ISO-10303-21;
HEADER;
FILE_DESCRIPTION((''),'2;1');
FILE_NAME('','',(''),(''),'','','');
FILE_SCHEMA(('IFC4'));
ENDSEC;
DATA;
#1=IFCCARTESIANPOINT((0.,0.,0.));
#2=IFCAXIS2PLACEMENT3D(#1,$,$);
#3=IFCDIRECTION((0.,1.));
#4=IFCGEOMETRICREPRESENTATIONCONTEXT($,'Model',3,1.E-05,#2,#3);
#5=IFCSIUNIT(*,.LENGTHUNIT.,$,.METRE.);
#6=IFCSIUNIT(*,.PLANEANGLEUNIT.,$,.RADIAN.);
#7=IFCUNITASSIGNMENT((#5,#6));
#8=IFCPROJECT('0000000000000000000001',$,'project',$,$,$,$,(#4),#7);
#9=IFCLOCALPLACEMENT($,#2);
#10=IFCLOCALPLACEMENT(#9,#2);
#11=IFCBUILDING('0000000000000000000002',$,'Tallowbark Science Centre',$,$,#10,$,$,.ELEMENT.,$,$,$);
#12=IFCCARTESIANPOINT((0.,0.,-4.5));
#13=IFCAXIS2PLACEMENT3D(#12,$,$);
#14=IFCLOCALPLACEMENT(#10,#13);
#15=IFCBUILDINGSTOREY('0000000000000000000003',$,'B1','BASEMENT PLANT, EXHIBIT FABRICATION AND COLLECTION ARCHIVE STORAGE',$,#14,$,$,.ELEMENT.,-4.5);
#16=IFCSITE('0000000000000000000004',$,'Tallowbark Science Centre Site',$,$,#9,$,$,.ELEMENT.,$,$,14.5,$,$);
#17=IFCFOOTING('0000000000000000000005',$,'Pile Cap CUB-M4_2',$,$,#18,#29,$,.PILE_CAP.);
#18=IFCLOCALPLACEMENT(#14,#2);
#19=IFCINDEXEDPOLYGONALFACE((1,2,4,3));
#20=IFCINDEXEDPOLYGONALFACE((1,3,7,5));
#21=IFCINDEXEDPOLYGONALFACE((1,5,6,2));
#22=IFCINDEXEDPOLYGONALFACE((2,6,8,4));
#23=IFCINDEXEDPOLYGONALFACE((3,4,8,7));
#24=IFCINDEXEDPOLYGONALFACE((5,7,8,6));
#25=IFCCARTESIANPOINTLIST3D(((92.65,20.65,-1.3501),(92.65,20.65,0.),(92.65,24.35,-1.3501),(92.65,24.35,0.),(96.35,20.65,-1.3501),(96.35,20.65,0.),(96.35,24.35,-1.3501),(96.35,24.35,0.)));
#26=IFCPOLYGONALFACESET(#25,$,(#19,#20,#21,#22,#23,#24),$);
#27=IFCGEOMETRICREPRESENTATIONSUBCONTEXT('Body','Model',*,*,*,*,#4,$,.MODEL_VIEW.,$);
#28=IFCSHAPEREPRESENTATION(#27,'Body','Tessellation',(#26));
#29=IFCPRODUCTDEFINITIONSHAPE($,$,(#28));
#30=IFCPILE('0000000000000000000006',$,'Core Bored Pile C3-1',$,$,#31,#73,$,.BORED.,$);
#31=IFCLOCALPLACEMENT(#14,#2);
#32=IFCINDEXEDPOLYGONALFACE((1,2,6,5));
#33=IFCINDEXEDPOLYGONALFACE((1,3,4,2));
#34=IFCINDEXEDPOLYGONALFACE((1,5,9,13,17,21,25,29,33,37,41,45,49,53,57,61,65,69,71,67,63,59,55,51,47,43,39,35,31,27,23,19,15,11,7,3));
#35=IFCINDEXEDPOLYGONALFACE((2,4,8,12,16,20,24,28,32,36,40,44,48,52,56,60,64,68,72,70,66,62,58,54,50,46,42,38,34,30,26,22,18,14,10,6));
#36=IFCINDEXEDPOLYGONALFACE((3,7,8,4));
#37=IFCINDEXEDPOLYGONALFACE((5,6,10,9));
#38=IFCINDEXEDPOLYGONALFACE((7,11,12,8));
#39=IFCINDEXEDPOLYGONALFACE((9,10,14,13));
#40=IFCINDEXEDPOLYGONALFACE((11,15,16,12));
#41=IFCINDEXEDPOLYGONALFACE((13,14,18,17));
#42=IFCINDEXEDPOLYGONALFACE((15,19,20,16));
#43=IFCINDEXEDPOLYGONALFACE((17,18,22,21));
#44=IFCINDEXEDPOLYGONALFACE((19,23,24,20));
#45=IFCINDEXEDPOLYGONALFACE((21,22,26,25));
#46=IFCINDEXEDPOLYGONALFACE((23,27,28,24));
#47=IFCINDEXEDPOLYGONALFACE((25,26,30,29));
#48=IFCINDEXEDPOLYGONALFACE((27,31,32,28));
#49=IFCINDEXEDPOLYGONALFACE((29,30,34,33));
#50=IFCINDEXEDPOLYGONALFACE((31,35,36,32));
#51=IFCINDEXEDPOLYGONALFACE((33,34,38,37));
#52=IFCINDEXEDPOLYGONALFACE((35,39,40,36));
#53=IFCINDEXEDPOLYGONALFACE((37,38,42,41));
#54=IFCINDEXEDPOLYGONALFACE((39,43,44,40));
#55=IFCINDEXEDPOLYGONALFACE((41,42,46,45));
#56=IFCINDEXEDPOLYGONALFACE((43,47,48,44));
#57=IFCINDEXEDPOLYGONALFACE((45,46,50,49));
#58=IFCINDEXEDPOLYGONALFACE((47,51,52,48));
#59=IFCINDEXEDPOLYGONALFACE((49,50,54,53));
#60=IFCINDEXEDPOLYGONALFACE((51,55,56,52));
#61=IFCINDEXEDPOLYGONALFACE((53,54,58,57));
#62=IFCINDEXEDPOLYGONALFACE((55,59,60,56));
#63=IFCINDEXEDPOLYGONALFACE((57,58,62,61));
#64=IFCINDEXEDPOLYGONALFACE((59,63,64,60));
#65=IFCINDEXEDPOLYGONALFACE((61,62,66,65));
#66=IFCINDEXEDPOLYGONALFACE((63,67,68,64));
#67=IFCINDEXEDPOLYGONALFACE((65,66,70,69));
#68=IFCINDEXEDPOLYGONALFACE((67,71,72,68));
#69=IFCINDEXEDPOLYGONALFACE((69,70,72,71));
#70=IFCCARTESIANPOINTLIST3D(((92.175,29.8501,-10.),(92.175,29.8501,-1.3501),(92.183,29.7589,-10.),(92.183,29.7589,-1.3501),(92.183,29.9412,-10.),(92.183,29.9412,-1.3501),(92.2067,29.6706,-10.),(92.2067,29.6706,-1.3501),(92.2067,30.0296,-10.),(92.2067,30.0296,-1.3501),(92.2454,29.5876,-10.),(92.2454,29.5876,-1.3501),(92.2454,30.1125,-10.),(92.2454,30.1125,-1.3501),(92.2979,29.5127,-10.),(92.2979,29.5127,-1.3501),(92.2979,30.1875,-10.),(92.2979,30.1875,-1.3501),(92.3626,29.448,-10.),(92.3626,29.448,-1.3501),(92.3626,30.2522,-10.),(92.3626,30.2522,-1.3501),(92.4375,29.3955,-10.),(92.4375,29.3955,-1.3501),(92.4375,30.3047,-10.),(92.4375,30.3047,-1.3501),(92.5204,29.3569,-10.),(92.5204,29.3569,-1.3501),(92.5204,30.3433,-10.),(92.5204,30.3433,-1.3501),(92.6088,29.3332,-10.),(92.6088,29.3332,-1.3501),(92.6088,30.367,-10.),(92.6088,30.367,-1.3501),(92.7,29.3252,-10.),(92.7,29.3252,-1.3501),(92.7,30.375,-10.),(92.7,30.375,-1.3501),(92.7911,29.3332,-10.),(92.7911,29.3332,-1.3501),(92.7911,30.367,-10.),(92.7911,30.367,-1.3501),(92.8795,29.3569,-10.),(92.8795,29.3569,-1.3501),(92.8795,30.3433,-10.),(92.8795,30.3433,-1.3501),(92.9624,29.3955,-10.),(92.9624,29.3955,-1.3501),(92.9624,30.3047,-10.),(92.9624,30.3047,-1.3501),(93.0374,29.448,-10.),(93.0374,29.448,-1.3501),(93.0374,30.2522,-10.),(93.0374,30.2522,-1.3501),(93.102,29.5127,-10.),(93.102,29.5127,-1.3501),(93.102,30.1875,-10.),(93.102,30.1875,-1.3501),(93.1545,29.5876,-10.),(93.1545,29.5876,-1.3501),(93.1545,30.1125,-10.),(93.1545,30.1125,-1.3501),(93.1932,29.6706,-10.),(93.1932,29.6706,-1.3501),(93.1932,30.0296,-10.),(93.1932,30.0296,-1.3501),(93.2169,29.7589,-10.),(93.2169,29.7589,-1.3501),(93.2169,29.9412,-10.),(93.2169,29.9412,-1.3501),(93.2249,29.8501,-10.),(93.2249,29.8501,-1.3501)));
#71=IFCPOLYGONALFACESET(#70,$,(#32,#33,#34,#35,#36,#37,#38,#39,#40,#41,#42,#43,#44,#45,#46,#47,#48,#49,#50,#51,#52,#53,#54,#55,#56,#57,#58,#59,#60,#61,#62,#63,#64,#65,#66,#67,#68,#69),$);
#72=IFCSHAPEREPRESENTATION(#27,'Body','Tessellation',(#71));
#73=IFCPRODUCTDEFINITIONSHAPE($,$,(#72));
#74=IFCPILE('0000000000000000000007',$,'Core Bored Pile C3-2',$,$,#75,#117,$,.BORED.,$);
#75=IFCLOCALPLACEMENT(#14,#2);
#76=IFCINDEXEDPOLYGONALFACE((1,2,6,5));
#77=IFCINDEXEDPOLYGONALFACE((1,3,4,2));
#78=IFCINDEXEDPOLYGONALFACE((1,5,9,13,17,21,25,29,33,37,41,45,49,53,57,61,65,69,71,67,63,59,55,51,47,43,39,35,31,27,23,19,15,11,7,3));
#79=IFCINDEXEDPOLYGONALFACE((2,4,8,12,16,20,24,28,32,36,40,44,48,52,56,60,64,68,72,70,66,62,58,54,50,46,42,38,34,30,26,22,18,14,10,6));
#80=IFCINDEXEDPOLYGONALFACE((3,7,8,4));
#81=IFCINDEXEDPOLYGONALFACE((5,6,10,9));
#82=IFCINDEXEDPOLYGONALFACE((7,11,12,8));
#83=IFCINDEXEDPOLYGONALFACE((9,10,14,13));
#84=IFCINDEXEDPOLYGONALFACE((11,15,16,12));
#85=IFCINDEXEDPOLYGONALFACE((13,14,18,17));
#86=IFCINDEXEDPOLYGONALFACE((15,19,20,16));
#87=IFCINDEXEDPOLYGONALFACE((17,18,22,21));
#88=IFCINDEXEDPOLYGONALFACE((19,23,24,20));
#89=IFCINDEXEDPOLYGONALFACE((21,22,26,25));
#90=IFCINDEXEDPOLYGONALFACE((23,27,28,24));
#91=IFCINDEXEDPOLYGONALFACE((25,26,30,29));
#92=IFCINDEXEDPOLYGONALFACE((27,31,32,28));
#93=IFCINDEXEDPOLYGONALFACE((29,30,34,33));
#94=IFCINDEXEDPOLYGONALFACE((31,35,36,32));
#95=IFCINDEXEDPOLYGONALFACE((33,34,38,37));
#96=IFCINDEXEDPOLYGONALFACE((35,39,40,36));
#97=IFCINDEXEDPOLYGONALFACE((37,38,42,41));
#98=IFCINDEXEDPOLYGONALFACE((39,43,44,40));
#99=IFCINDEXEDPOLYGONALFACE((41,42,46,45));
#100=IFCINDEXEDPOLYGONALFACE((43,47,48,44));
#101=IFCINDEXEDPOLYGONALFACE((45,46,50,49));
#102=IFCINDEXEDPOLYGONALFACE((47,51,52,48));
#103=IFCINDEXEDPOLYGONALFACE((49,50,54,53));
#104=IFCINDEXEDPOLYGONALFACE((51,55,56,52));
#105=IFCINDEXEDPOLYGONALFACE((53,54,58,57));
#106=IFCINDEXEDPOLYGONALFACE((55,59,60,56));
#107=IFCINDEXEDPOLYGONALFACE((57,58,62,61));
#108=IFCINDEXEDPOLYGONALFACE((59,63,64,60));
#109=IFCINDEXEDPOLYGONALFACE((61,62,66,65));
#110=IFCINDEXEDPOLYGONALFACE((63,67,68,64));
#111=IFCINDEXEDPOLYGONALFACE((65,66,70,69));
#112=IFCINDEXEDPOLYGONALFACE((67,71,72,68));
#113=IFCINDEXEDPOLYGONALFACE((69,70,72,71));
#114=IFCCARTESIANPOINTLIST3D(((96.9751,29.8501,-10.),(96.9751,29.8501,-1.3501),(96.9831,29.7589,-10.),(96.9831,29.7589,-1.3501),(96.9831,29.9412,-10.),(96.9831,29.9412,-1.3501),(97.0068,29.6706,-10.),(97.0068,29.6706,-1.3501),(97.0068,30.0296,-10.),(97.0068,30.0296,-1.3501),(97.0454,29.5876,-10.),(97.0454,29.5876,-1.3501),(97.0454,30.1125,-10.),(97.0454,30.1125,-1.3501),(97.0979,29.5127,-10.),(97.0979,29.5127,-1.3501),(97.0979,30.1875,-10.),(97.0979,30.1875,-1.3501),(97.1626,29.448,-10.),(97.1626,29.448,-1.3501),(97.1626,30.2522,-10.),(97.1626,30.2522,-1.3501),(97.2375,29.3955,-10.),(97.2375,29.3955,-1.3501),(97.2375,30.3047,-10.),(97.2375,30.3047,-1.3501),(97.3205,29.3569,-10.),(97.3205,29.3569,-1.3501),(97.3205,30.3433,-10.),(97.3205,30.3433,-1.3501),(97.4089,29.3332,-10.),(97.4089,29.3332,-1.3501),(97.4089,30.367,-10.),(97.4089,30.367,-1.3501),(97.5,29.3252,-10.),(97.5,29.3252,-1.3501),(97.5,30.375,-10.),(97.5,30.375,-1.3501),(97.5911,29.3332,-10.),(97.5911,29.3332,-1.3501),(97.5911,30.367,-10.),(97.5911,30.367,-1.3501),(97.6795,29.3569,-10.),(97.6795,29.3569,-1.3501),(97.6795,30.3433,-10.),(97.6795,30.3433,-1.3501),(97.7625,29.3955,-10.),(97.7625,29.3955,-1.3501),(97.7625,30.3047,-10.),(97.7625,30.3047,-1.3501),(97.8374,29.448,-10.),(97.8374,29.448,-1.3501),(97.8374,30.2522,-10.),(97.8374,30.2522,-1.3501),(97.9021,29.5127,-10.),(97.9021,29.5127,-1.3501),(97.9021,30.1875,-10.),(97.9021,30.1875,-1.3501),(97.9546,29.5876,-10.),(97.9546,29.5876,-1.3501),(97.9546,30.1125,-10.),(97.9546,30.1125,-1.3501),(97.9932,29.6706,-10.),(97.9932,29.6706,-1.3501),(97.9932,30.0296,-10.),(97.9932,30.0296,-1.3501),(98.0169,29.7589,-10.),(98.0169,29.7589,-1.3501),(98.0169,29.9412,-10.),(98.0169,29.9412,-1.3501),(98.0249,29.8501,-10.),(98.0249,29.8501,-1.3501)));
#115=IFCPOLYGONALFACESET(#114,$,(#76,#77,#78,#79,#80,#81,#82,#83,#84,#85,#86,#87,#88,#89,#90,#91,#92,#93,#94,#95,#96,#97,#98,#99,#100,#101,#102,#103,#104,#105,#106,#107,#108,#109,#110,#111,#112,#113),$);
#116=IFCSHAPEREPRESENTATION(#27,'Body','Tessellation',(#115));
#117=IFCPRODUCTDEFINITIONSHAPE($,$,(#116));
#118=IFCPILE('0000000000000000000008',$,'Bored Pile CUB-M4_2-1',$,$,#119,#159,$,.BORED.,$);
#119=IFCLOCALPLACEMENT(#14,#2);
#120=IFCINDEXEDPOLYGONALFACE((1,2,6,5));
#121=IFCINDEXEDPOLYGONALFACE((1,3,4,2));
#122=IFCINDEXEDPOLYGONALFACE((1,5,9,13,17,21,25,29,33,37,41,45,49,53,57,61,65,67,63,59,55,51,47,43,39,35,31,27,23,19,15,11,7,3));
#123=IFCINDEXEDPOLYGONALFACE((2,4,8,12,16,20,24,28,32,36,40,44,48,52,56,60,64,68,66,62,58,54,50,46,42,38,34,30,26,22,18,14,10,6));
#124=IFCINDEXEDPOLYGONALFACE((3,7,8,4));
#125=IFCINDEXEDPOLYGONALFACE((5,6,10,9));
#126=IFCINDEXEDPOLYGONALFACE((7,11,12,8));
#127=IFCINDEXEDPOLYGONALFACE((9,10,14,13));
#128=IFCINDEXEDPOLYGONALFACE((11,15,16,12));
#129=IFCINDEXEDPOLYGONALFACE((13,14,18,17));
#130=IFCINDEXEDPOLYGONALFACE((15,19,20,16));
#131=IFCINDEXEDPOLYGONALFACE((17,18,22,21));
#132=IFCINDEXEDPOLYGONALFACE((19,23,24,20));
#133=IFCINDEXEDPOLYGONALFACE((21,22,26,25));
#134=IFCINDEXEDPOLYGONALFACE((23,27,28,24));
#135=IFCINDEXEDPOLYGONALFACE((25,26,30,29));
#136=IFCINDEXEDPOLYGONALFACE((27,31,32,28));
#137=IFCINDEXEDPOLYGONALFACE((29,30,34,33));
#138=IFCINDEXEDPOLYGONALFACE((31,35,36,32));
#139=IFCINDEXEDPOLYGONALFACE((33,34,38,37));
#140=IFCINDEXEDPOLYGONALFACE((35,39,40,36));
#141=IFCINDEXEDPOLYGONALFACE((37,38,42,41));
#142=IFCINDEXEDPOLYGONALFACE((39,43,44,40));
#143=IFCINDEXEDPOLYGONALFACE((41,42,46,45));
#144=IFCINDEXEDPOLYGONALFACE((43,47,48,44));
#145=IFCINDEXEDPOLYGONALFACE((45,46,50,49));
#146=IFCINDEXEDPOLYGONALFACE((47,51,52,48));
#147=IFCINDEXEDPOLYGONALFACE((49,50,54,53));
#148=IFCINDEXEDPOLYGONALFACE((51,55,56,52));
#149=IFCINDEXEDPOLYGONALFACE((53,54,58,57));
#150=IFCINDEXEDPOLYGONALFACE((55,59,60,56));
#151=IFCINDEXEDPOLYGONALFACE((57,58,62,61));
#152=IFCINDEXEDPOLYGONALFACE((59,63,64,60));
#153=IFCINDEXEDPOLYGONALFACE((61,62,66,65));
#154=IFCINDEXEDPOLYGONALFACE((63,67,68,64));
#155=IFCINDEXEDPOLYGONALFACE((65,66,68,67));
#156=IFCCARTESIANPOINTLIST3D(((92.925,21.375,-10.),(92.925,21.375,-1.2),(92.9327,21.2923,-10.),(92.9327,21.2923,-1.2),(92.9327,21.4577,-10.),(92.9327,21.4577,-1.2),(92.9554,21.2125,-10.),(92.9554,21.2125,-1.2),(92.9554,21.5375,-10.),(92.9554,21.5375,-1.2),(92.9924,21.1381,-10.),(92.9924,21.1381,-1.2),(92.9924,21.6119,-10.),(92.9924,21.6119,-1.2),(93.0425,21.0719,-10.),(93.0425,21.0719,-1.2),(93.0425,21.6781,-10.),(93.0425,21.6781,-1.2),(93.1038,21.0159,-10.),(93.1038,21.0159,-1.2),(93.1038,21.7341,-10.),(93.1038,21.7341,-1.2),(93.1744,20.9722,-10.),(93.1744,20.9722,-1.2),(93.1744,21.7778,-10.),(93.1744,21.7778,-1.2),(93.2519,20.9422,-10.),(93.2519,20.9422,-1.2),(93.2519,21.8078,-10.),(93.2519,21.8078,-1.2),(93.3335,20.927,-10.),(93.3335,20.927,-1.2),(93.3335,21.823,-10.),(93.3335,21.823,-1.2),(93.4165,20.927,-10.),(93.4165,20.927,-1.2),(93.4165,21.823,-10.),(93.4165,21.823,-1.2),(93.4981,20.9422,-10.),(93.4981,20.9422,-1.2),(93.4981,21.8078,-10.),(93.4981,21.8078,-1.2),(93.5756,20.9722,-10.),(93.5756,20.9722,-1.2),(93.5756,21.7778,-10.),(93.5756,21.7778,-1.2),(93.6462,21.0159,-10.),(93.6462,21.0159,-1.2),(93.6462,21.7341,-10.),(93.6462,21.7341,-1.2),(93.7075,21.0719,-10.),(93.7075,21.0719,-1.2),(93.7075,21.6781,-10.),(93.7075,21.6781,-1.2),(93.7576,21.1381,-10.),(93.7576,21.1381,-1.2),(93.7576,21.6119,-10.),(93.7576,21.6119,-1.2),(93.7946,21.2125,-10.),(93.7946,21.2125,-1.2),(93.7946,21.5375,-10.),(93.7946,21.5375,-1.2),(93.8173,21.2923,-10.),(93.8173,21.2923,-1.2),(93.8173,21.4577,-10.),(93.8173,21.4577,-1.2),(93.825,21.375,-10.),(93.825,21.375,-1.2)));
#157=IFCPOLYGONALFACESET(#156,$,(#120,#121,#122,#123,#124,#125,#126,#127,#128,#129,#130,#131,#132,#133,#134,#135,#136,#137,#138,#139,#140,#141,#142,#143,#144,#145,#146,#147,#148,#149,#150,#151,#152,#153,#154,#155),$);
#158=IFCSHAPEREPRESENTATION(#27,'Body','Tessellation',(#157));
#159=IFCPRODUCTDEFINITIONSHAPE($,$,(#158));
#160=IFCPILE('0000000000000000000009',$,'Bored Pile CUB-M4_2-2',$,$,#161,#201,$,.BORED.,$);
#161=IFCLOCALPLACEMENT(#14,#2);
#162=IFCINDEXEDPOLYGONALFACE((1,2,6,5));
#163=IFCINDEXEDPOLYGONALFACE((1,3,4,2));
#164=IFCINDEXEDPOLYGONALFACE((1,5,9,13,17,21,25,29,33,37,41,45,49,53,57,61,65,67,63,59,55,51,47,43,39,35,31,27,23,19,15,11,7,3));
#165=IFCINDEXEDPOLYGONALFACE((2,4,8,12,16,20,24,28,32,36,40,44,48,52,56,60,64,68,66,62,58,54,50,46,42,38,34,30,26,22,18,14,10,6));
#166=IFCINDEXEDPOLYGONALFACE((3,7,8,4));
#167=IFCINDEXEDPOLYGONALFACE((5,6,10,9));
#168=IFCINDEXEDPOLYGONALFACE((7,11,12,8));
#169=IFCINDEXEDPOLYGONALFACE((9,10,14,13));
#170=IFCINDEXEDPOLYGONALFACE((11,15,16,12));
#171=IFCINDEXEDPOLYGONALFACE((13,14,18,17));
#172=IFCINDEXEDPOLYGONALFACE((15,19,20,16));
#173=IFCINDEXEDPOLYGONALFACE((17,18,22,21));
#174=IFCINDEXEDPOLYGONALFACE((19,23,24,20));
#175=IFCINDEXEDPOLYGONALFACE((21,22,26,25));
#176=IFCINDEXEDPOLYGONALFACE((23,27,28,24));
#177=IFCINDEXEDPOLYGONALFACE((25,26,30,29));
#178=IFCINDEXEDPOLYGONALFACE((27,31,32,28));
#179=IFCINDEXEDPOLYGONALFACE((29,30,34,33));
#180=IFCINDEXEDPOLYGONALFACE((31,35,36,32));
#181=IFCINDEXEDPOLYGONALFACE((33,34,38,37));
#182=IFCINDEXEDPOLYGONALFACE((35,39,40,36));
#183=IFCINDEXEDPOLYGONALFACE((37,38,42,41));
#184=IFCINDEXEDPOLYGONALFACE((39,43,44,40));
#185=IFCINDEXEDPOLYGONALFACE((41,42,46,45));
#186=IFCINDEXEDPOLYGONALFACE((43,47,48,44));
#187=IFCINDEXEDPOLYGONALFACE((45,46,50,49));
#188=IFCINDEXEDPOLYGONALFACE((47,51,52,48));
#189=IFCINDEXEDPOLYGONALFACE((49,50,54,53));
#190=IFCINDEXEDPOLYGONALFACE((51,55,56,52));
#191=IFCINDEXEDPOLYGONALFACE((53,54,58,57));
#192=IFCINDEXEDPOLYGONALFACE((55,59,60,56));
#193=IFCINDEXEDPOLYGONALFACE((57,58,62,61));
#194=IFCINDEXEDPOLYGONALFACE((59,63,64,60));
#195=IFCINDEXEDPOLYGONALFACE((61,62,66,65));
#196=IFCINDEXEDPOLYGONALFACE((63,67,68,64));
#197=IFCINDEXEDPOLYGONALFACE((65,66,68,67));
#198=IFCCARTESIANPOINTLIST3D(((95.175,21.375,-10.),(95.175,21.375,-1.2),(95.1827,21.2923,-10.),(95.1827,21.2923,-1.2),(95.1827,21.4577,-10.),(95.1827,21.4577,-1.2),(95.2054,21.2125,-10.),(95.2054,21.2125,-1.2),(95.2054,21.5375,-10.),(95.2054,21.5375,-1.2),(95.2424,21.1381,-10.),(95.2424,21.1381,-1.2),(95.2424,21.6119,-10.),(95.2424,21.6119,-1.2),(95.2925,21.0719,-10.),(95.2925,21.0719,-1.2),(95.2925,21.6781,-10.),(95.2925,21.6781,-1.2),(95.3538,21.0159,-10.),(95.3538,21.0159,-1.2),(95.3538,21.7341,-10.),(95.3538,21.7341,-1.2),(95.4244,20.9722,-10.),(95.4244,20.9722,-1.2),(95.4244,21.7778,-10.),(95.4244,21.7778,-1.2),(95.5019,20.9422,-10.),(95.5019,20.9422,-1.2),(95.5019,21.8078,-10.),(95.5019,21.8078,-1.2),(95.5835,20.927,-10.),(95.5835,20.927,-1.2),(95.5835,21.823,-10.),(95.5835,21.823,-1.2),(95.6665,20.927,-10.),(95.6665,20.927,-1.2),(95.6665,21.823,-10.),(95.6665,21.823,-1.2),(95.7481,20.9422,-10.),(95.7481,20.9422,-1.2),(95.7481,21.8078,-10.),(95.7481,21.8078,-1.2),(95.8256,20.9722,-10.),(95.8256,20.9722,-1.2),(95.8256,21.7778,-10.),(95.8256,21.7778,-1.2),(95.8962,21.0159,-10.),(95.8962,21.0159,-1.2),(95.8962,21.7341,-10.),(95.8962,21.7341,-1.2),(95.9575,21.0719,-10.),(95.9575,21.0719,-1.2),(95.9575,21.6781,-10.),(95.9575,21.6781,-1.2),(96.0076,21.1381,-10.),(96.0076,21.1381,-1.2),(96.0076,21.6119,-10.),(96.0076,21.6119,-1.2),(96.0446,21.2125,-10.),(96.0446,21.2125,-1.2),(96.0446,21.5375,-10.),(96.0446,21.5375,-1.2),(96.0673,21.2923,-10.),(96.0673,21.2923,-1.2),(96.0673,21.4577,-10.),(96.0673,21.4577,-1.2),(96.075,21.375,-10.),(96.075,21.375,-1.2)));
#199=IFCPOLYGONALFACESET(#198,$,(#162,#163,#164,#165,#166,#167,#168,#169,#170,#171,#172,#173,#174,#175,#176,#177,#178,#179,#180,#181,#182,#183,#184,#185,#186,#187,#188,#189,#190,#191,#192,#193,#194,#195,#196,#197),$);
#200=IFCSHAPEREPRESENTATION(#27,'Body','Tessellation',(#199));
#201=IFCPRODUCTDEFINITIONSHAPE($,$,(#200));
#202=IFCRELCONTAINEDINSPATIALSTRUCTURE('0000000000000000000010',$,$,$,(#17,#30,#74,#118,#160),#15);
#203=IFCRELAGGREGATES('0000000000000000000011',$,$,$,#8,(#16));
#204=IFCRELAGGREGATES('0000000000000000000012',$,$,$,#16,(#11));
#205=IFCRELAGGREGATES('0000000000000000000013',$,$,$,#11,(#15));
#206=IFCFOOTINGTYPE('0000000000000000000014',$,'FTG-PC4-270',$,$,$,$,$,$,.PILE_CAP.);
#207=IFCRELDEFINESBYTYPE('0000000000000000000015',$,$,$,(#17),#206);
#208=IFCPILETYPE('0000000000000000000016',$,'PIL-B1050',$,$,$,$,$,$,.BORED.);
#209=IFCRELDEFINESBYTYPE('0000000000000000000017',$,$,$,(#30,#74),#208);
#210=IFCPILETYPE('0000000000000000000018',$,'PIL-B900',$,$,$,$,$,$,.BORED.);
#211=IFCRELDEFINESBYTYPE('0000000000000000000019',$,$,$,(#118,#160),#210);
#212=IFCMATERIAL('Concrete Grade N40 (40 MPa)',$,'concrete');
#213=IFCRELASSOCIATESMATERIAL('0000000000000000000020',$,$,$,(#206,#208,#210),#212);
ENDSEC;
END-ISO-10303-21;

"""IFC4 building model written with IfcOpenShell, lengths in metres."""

from ifc_helpers import new_model, si_unit, direction, frame, origin, origin_2d, place, context, subcontext, project, spatial, rectangle, circle, extrude, material, material_profile, profile_set, type_object, element, save


model = new_model("IFC4")

# Units and contexts
model_context = context("Model", 3, precision=1e-05, world=origin(), true_north=direction((0.0, 1.0)))
body_context = subcontext(model_context, "Body", "Model", "MODEL_VIEW")
ifc_project = project(units=[si_unit("LENGTHUNIT", "METRE"), si_unit("PLANEANGLEUNIT", "RADIAN")], contexts=[model_context])

# Site, building, storey
site_placement = place(None, origin())
site = spatial("IfcSite", under=ifc_project, at=site_placement, Name="Tallowbark Science Centre Site", CompositionType="ELEMENT", RefElevation=14.5)
building_placement = place(site_placement, origin())
building = spatial("IfcBuilding", under=site, at=building_placement, Name="Tallowbark Science Centre", CompositionType="ELEMENT")
storey_placement = place(building_placement, frame((0.0, 0.0, -4.5)))
storey = spatial("IfcBuildingStorey", under=building, at=storey_placement, Name="B1", Description="BASEMENT PLANT, EXHIBIT FABRICATION AND COLLECTION ARCHIVE STORAGE", CompositionType="ELEMENT", Elevation=-4.5)

# Footing
ifc_material_1 = material(Name="Concrete Grade N40 (40 MPa)", Category="concrete")
footing_type = type_object("IfcFootingType", Name="FTG-PC4-270", PredefinedType="PILE_CAP", material=ifc_material_1)
footing_placement = place(storey_placement, frame((94.5, 22.5, -1.3501), z_axis=(0.0, 0.0, 1.0), x_axis=(1.0, 0.0, 0.0)))
element("IfcFooting", 1, at=footing_placement, inside=storey, type_object=footing_type, Name="Pile Cap CUB-M4_2", PredefinedType="PILE_CAP", context=body_context, shape_type="SweptSolid", body=[
    extrude(rectangle(XDim=3.7, YDim=3.7, at=origin_2d()), origin(), (0.0, 0.0, 1.0), 1.3501),
])

# Piles
ifc_material_profile_1 = material_profile(ifc_material_1, circle(Radius=0.5249, at=origin_2d()), Name="PILE1050")
ifc_profile_set_1 = profile_set([ifc_material_profile_1], Name="Concrete Grade N40 (40 MPa)")
pile_type_1 = type_object("IfcPileType", Name="PIL-B1050", PredefinedType="BORED", material=ifc_profile_set_1)
for number, where, z_axis, x_axis, name in (
    (2, (92.7, 29.8501, -1.3501), (0.0, 0.0, -1.0), (1.0, 0.0, 0.0), "Core Bored Pile C3-1"),
    (3, (97.5, 29.8501, -1.3501), (0.0, 0.0, -1.0), (1.0, 0.0, 0.0), "Core Bored Pile C3-2"),
):
    element("IfcPile", number, at=place(storey_placement, frame(where, z_axis=z_axis, x_axis=x_axis)), inside=storey, type_object=pile_type_1, Name=name, PredefinedType="BORED", context=body_context, shape_type="SweptSolid", body=[
        extrude(circle(Radius=0.5249, at=origin_2d()), origin(), (0.0, 0.0, 1.0), 8.6499),
    ])
ifc_material_profile_2 = material_profile(ifc_material_1, circle(Radius=0.45, at=origin_2d()), Name="PILE900")
ifc_profile_set_2 = profile_set([ifc_material_profile_2], Name="Concrete Grade N40 (40 MPa)")
pile_type_2 = type_object("IfcPileType", Name="PIL-B900", PredefinedType="BORED", material=ifc_profile_set_2)
for number, where, z_axis, x_axis, name in (
    (4, (93.375, 21.375, -1.2), (0.0, 0.0, -1.0), (1.0, 0.0, 0.0), "Bored Pile CUB-M4_2-1"),
    (5, (95.625, 21.375, -1.2), (0.0, 0.0, -1.0), (1.0, 0.0, 0.0), "Bored Pile CUB-M4_2-2"),
):
    element("IfcPile", number, at=place(storey_placement, frame(where, z_axis=z_axis, x_axis=x_axis)), inside=storey, type_object=pile_type_2, Name=name, PredefinedType="BORED", context=body_context, shape_type="SweptSolid", body=[
        extrude(circle(Radius=0.45, at=origin_2d()), origin(), (0.0, 0.0, 1.0), 8.8),
    ])

save(model, "model.ifc")
